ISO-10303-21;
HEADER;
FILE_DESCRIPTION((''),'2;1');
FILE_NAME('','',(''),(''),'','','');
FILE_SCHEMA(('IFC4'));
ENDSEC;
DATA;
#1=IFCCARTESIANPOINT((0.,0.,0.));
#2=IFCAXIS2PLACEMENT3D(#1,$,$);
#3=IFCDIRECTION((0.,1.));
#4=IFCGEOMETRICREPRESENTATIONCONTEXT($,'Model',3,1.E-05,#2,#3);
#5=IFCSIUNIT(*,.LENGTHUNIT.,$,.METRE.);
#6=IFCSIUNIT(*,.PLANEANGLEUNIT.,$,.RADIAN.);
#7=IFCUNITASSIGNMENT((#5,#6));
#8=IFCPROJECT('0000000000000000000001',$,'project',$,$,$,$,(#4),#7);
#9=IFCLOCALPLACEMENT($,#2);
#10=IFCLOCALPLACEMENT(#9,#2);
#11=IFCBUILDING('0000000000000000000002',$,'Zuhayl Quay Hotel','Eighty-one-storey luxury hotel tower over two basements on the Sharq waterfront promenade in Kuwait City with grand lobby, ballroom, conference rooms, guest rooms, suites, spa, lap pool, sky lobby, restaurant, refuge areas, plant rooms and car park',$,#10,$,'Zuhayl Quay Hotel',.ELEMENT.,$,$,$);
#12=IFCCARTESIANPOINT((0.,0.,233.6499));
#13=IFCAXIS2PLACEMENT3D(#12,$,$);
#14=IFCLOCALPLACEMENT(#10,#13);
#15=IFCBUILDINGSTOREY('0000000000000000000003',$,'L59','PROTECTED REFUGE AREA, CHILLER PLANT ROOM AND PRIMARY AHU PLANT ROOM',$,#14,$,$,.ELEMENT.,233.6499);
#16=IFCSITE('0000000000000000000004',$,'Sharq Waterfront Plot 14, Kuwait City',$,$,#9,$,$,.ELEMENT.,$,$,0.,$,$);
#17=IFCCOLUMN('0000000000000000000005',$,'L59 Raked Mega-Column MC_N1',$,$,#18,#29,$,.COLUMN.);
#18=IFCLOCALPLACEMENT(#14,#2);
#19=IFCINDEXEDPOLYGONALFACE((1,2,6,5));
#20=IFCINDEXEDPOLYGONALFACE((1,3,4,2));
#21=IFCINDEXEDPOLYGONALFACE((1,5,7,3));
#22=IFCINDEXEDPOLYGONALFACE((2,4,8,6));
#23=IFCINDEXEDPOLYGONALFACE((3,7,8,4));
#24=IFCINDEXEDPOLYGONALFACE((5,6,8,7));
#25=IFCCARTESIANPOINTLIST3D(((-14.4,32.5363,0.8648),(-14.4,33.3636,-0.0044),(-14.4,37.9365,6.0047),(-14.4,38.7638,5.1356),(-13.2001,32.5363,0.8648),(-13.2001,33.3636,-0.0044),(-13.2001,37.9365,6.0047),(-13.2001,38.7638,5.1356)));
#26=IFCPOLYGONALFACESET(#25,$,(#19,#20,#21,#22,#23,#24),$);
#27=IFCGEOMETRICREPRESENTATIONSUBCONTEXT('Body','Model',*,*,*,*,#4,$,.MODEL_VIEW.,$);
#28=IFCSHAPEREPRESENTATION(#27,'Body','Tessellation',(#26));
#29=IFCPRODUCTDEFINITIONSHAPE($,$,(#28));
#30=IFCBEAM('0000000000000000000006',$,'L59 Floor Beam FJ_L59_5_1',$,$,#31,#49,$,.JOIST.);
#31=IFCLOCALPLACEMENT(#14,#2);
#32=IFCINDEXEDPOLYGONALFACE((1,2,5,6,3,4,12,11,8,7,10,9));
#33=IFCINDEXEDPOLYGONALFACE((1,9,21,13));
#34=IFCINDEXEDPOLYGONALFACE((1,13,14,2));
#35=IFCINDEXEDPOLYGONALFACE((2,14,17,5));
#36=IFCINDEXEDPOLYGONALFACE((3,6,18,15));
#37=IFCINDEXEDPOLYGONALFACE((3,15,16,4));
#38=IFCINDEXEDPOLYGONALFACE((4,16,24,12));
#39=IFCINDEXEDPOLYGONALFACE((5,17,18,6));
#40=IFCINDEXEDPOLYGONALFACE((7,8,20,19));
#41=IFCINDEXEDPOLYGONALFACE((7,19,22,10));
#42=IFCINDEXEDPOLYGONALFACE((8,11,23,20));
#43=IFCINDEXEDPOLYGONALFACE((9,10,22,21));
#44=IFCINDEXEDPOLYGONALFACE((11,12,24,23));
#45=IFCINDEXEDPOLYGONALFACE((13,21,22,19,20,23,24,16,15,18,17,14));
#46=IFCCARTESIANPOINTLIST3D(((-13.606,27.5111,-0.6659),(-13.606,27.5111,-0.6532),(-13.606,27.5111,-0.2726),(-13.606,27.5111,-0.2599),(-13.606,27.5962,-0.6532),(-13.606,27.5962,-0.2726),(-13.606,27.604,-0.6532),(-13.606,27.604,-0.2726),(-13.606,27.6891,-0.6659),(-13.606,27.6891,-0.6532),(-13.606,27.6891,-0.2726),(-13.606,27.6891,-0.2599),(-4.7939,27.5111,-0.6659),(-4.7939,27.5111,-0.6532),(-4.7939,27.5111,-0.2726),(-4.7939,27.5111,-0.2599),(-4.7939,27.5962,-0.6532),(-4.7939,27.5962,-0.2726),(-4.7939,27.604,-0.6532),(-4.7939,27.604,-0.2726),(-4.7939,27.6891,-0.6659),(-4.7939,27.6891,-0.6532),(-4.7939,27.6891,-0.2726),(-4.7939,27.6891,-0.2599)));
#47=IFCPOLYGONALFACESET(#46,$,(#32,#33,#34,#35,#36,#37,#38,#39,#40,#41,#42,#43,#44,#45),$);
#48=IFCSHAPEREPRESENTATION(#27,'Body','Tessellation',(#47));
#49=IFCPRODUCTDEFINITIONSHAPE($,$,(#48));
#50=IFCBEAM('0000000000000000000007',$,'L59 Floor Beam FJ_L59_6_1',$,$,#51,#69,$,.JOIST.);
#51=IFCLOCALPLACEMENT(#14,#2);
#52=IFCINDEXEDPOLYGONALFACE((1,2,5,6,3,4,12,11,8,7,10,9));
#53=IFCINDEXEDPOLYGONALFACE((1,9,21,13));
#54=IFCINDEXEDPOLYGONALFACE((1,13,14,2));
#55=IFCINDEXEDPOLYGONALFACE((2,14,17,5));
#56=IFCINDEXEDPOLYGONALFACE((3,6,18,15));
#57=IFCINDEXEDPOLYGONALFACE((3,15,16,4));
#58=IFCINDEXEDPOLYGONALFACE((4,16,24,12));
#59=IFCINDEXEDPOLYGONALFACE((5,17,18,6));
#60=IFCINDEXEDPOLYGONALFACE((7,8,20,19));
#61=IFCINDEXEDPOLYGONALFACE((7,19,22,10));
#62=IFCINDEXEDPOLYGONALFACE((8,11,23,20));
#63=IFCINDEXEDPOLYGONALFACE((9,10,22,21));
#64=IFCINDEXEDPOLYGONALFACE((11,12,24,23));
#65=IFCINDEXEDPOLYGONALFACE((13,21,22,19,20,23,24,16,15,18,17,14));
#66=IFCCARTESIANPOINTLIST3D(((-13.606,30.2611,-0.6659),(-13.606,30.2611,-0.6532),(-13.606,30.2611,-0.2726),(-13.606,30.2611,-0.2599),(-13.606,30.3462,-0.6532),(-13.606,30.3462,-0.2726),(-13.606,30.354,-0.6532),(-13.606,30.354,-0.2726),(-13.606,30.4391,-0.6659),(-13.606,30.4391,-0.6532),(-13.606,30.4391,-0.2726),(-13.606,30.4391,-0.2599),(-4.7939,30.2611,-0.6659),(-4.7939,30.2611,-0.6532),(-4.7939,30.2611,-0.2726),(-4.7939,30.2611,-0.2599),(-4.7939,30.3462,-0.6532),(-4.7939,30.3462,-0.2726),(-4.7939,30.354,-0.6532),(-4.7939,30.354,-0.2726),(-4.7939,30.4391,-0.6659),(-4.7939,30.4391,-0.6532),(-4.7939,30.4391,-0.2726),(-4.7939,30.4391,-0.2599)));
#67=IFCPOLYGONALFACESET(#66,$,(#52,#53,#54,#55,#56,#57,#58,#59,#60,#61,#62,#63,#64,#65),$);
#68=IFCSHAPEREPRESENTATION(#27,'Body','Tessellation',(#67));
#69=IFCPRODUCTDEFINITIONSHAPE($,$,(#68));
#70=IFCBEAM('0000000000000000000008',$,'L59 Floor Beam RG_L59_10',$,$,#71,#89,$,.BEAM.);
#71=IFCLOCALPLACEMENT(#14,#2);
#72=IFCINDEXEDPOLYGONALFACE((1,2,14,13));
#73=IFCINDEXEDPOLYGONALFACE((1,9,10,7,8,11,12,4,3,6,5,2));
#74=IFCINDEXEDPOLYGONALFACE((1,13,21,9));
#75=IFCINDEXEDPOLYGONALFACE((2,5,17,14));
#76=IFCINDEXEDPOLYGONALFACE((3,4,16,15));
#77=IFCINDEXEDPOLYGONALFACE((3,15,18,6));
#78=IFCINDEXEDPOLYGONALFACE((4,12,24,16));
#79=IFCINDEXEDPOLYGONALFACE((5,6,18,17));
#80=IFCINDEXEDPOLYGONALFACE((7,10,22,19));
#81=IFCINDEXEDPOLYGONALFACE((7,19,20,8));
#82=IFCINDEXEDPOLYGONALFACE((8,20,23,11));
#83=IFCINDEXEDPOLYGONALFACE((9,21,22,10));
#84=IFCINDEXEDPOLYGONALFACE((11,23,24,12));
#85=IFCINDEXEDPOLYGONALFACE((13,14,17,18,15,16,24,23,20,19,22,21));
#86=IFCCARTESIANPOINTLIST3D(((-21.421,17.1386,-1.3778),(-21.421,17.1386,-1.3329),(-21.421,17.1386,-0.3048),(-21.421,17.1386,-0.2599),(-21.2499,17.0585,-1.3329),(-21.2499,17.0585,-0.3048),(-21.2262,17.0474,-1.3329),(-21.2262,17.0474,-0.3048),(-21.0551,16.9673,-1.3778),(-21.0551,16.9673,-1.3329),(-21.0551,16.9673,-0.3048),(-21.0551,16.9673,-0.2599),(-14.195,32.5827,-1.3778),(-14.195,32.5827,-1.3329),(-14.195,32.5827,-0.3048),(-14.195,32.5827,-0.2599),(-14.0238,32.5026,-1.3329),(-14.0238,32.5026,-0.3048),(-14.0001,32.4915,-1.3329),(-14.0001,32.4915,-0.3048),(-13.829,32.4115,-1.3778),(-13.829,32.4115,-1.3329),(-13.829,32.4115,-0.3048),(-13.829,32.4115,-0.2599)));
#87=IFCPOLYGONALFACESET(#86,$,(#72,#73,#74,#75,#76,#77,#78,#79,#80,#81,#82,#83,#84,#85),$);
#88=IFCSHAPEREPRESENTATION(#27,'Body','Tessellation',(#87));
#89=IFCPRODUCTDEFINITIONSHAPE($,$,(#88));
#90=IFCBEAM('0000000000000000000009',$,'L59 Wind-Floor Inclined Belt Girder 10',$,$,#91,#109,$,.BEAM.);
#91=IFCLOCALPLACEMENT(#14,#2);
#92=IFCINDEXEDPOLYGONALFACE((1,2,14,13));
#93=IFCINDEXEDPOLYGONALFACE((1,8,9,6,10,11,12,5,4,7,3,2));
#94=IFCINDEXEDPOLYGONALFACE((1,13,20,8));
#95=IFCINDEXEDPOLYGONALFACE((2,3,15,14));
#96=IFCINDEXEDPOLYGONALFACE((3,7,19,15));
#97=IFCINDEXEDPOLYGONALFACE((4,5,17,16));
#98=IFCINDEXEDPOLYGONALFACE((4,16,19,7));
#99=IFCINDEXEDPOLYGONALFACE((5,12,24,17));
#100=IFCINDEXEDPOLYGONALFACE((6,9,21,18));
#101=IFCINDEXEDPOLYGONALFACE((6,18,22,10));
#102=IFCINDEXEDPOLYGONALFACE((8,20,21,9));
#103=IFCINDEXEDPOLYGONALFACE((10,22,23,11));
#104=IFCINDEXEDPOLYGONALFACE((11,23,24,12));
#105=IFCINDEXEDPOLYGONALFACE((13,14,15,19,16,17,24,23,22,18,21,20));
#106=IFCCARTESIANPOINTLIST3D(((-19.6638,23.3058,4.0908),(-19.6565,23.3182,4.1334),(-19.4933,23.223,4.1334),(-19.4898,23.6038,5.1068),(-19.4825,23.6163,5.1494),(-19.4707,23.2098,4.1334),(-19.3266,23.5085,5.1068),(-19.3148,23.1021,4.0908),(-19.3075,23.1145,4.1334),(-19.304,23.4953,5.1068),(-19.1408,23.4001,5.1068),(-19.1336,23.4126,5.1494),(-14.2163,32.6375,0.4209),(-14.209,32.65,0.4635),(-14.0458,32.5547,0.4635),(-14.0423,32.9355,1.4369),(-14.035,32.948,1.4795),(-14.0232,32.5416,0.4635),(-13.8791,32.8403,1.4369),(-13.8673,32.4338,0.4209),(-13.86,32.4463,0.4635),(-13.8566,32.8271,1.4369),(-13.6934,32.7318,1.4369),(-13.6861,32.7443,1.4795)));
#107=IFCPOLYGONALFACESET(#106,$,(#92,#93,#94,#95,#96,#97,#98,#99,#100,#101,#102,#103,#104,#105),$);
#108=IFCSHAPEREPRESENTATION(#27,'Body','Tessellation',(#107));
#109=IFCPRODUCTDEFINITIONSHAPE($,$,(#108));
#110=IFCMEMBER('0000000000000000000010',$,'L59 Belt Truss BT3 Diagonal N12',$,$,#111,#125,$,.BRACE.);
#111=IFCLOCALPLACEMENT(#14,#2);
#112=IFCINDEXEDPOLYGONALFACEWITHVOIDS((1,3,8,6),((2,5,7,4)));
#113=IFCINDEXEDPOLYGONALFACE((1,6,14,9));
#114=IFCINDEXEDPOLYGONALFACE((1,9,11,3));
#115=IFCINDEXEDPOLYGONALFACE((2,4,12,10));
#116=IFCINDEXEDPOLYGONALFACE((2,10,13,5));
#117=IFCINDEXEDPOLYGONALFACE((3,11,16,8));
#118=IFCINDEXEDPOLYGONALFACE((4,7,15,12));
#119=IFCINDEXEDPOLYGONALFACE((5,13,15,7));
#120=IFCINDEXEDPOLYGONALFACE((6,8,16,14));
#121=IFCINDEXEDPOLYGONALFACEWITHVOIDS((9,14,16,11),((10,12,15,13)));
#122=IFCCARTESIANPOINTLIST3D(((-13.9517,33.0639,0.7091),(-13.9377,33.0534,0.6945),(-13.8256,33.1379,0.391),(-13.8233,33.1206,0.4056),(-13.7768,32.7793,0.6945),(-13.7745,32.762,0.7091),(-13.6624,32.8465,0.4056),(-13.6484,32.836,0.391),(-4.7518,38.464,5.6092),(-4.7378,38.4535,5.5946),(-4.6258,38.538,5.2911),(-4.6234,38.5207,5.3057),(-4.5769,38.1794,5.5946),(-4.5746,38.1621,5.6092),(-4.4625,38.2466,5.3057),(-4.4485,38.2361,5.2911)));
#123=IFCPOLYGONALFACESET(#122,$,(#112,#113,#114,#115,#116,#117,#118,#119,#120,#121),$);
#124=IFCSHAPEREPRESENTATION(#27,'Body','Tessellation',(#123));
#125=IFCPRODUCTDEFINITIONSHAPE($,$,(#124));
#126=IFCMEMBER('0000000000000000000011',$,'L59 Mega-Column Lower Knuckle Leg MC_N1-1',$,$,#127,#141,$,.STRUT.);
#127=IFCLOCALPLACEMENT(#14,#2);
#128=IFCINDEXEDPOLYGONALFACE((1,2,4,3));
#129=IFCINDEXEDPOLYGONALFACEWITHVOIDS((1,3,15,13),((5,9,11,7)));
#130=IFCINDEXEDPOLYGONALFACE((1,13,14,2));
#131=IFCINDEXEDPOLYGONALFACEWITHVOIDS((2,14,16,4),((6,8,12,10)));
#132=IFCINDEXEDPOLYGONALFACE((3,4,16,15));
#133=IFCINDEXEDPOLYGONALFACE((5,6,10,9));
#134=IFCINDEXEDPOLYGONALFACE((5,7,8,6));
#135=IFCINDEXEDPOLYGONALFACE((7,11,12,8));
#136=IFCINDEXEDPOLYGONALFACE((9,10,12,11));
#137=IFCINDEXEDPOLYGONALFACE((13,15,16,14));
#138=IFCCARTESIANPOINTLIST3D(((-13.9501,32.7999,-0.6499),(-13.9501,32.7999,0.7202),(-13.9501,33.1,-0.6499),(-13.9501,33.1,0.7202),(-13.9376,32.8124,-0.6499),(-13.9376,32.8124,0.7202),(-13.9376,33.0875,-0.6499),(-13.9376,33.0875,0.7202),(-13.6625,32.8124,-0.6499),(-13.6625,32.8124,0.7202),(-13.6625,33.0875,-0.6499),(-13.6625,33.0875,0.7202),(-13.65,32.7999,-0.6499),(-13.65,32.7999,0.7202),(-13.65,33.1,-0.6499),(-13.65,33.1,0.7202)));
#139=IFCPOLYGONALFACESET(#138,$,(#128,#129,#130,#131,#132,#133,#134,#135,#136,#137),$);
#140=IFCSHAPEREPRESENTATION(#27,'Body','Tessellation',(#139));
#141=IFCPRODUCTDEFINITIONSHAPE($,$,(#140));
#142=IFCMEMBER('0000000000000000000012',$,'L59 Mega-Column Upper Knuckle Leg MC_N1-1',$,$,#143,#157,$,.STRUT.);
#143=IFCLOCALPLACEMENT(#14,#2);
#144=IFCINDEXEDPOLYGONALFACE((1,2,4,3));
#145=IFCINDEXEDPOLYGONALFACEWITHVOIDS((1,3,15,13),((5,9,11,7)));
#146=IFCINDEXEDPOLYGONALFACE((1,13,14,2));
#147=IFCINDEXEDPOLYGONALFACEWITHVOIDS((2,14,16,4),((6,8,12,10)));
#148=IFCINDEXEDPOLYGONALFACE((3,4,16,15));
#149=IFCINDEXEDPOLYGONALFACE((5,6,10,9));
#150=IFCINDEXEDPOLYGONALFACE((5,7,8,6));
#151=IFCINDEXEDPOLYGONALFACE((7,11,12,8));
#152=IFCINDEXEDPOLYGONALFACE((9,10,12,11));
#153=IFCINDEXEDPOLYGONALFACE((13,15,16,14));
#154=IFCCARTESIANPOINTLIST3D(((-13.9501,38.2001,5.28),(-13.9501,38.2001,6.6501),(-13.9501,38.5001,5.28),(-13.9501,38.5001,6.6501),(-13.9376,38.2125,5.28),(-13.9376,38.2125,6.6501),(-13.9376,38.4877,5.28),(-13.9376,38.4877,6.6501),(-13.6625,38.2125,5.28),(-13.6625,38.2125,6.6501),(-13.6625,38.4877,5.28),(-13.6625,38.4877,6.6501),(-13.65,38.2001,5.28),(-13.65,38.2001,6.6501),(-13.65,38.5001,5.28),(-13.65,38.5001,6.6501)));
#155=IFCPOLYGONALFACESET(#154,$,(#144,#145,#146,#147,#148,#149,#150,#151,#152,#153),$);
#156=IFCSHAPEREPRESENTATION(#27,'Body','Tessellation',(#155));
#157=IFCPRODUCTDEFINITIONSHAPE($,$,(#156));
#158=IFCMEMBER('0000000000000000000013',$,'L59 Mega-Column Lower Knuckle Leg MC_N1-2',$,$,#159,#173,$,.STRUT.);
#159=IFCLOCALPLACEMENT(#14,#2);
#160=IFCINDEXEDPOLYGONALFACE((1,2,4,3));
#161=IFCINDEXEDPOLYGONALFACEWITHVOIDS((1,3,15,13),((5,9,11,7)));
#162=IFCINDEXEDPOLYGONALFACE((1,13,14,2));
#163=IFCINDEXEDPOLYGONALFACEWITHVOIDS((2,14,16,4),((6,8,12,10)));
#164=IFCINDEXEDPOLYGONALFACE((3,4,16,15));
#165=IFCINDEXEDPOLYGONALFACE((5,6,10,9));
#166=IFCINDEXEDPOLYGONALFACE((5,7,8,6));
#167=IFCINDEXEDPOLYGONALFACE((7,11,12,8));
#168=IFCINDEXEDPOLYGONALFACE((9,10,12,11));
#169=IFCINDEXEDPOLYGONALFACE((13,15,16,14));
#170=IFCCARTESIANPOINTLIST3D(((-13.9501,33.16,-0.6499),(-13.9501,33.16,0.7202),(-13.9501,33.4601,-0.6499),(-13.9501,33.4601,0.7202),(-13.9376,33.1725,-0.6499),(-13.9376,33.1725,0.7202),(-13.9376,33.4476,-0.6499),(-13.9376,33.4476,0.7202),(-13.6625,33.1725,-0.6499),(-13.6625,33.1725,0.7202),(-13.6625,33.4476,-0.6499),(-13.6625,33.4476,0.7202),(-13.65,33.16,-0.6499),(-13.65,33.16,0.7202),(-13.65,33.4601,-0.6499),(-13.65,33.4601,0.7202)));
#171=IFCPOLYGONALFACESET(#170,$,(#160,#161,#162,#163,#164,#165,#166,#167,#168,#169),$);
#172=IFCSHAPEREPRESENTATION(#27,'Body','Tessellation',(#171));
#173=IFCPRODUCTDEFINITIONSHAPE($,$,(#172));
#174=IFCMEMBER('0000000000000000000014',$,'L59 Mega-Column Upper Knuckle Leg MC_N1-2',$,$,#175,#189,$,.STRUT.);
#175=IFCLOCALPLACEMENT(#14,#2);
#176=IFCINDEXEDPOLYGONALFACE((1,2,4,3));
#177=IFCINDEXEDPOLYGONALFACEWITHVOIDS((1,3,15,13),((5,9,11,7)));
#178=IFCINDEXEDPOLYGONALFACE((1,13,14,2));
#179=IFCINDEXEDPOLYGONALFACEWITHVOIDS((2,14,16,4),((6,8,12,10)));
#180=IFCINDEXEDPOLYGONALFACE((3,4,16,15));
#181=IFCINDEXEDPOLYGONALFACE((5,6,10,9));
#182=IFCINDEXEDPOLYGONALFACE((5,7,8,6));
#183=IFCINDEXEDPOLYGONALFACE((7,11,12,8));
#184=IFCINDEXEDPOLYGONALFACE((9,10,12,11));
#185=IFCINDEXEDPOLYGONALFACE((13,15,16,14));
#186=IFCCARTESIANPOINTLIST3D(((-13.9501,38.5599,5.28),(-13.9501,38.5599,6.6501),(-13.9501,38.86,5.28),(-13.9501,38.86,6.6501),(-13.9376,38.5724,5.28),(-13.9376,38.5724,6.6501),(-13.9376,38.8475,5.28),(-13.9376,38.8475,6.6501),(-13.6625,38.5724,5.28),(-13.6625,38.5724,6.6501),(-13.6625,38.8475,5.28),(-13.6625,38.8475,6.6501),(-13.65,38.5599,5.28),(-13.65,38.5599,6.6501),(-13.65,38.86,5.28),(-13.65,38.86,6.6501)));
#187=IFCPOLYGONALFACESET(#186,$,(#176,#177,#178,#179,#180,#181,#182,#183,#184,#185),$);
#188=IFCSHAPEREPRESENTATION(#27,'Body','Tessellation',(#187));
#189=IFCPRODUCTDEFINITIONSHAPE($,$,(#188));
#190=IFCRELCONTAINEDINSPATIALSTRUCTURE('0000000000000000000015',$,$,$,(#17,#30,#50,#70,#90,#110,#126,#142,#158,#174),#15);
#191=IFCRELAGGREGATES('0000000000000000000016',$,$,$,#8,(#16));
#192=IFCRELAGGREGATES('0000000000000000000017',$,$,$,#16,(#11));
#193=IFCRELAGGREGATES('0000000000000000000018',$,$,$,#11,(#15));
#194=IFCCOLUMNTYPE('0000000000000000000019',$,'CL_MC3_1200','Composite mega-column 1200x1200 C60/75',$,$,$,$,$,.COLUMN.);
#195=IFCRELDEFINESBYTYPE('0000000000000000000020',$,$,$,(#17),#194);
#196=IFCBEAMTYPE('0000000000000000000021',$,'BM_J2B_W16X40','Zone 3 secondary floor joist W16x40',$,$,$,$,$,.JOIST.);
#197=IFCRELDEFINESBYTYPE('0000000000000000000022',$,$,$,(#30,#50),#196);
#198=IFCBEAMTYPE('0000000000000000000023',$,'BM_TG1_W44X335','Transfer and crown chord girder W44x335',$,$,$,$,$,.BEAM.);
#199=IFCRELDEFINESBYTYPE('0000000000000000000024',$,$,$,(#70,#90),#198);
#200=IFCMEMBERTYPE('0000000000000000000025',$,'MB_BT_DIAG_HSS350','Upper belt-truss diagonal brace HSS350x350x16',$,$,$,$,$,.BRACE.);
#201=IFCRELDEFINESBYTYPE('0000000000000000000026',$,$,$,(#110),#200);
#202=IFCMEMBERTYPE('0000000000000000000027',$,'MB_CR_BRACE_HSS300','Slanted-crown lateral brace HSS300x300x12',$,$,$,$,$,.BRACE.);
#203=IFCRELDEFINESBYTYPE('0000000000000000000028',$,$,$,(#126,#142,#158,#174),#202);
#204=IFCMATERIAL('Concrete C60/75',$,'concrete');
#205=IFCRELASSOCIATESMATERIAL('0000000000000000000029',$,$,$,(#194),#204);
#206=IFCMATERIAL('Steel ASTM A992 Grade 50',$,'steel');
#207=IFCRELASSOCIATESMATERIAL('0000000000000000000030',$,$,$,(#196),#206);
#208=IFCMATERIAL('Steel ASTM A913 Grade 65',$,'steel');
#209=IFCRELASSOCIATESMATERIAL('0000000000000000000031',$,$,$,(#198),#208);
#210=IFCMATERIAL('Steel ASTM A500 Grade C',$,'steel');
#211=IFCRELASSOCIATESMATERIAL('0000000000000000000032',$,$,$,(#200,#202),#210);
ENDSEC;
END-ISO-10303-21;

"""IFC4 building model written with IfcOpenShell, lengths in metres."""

from ifc_helpers import new_model, si_unit, direction, frame, origin, origin_2d, place, context, subcontext, project, spatial, rectangle, hollow_rectangle, i_section, extrude, material, material_profile, profile_set, type_object, element, save


model = new_model("IFC4")

# Units and contexts
model_context = context("Model", 3, precision=1e-05, world=origin(), true_north=direction((0.0, 1.0)))
body_context = subcontext(model_context, "Body", "Model", "MODEL_VIEW")
ifc_project = project(units=[si_unit("LENGTHUNIT", "METRE"), si_unit("PLANEANGLEUNIT", "RADIAN")], contexts=[model_context])

# Site, building, storey
site_placement = place(None, origin())
site = spatial("IfcSite", under=ifc_project, at=site_placement, Name="Sharq Waterfront Plot 14, Kuwait City", CompositionType="ELEMENT", RefElevation=0.0)
building_placement = place(site_placement, origin())
building = spatial("IfcBuilding", under=site, at=building_placement, Name="Zuhayl Quay Hotel", Description="Eighty-one-storey luxury hotel tower over two basements on the Sharq waterfront promenade in Kuwait City with grand lobby, ballroom, conference rooms, guest rooms, suites, spa, lap pool, sky lobby, restaurant, refuge areas, plant rooms and car park", LongName="Zuhayl Quay Hotel", CompositionType="ELEMENT")
storey_placement = place(building_placement, frame((0.0, 0.0, 233.6499)))
storey = spatial("IfcBuildingStorey", under=building, at=storey_placement, Name="L59", Description="PROTECTED REFUGE AREA, CHILLER PLANT ROOM AND PRIMARY AHU PLANT ROOM", CompositionType="ELEMENT", Elevation=233.6499)

# Column
ifc_material_1 = material(Name="Concrete C60/75", Category="concrete")
ifc_material_profile_1 = material_profile(ifc_material_1, rectangle(XDim=1.2, YDim=1.2, at=origin_2d()), Name="RC1200X1200")
ifc_profile_set_1 = profile_set([ifc_material_profile_1], Name="Concrete C60/75")
column_type = type_object("IfcColumnType", Name="CL_MC3_1200", Description="Composite mega-column 1200x1200 C60/75", PredefinedType="COLUMN", material=ifc_profile_set_1)
column_placement = place(storey_placement, frame((-13.8, 32.95, 0.4302), z_axis=(0.0, 0.724346, 0.689437), x_axis=(-1.0, 0.0, 0.0)))
element("IfcColumn", 1, at=column_placement, inside=storey, type_object=column_type, Name="L59 Raked Mega-Column MC_N1", PredefinedType="COLUMN", context=body_context, shape_type="SweptSolid", body=[
    extrude(rectangle(XDim=1.2, YDim=1.2, at=origin_2d()), origin(), (0.0, 0.0, 1.0), 7.4553),
])

# Beams
ifc_material_2 = material(Name="Steel ASTM A992 Grade 50", Category="steel")
ifc_material_profile_2 = material_profile(ifc_material_2, i_section(OverallWidth=0.178, OverallDepth=0.406, WebThickness=0.0078, FlangeThickness=0.0127, at=origin_2d()), Name="W16X40")
ifc_profile_set_2 = profile_set([ifc_material_profile_2], Name="Steel ASTM A992 Grade 50")
beam_type_1 = type_object("IfcBeamType", Name="BM_J2B_W16X40", Description="Zone 3 secondary floor joist W16x40", PredefinedType="JOIST", material=ifc_profile_set_2)
for number, where, z_axis, x_axis, name in (
    (2, (-13.606, 27.6001, -0.4629), (1.0, 0.0, 0.0), (0.0, 1.0, 0.0), "L59 Floor Beam FJ_L59_5_1"),
    (3, (-13.606, 30.3501, -0.4629), (1.0, 0.0, 0.0), (0.0, 1.0, 0.0), "L59 Floor Beam FJ_L59_6_1"),
):
    element("IfcBeam", number, at=place(storey_placement, frame(where, z_axis=z_axis, x_axis=x_axis)), inside=storey, type_object=beam_type_1, Name=name, PredefinedType="JOIST", context=body_context, shape_type="SweptSolid", body=[
        extrude(i_section(OverallWidth=0.178, OverallDepth=0.406, WebThickness=0.0078, FlangeThickness=0.0127, at=origin_2d()), origin(), (0.0, 0.0, 1.0), 8.812),
    ])
ifc_material_3 = material(Name="Steel ASTM A913 Grade 65", Category="steel")
ifc_material_profile_3 = material_profile(ifc_material_3, i_section(OverallWidth=0.4041, OverallDepth=1.1179, WebThickness=0.0261, FlangeThickness=0.0449, at=origin_2d()), Name="W44X335")
ifc_profile_set_3 = profile_set([ifc_material_profile_3], Name="Steel ASTM A913 Grade 65")
beam_type_2 = type_object("IfcBeamType", Name="BM_TG1_W44X335", Description="Transfer and crown chord girder W44x335", PredefinedType="BEAM", material=ifc_profile_set_3)
beam_1_placement = place(storey_placement, frame((-14.012, 32.4971, -0.8188), z_axis=(-0.423792, -0.905759, 0.0), x_axis=(0.905759, -0.423792, 0.0)))
element("IfcBeam", 4, at=beam_1_placement, inside=storey, type_object=beam_type_2, Name="L59 Floor Beam RG_L59_10", PredefinedType="BEAM", context=body_context, shape_type="SweptSolid", body=[
    extrude(i_section(OverallWidth=0.4041, OverallDepth=1.1179, WebThickness=0.0261, FlangeThickness=0.0449, at=origin_2d()), origin(), (0.0, 0.0, 1.0), 17.051),
])
beam_2_placement = place(storey_placement, frame((-13.9512, 32.6909, 0.9502), z_axis=(-0.477364, -0.817742, 0.321594), x_axis=(0.863619, -0.504145, 0.0)))
element("IfcBeam", 5, at=beam_2_placement, inside=storey, type_object=beam_type_2, Name="L59 Wind-Floor Inclined Belt Girder 10", PredefinedType="BEAM", context=body_context, shape_type="SweptSolid", body=[
    extrude(i_section(OverallWidth=0.4041, OverallDepth=1.1179, WebThickness=0.0261, FlangeThickness=0.0449, at=origin_2d()), origin(), (0.0, 0.0, 1.0), 11.4116),
])

# Members
ifc_material_4 = material(Name="Steel ASTM A500 Grade C", Category="steel")
ifc_material_profile_4 = material_profile(ifc_material_4, hollow_rectangle(XDim=0.3501, YDim=0.3501, WallThickness=0.0161, at=origin_2d()), Name="HSS350X350X16")
ifc_profile_set_4 = profile_set([ifc_material_profile_4], Name="Steel ASTM A500 Grade C")
member_type_1 = type_object("IfcMemberType", Name="MB_BT_DIAG_HSS350", Description="Upper belt-truss diagonal brace HSS350x350x16", PredefinedType="BRACE", material=ifc_profile_set_4)
member_placement = place(storey_placement, frame((-13.8, 32.95, 0.55), z_axis=(0.783686, 0.460004, 0.417412), x_axis=(-0.506213, 0.862409, 0.0)))
element("IfcMember", 6, at=member_placement, inside=storey, type_object=member_type_1, Name="L59 Belt Truss BT3 Diagonal N12", PredefinedType="BRACE", context=body_context, shape_type="SweptSolid", body=[
    extrude(hollow_rectangle(XDim=0.3501, YDim=0.3501, WallThickness=0.0161, at=origin_2d()), origin(), (0.0, 0.0, 1.0), 11.7393),
])
ifc_material_profile_5 = material_profile(ifc_material_4, hollow_rectangle(XDim=0.3, YDim=0.3, WallThickness=0.0125, at=origin_2d()), Name="HSS300X300X12")
ifc_profile_set_5 = profile_set([ifc_material_profile_5], Name="Steel ASTM A500 Grade C")
member_type_2 = type_object("IfcMemberType", Name="MB_CR_BRACE_HSS300", Description="Slanted-crown lateral brace HSS300x300x12", PredefinedType="BRACE", material=ifc_profile_set_5)
for number, where, z_axis, x_axis, name in (
    (7, (-13.8, 32.95, -0.6499), (0.0, 0.0, 1.0), (1.0, 0.0, 0.0), "L59 Mega-Column Lower Knuckle Leg MC_N1-1"),
    (8, (-13.8, 38.3501, 5.28), (0.0, 0.0, 1.0), (1.0, 0.0, 0.0), "L59 Mega-Column Upper Knuckle Leg MC_N1-1"),
    (9, (-13.8, 33.3101, -0.6499), (0.0, 0.0, 1.0), (1.0, 0.0, 0.0), "L59 Mega-Column Lower Knuckle Leg MC_N1-2"),
    (10, (-13.8, 38.71, 5.28), (0.0, 0.0, 1.0), (1.0, 0.0, 0.0), "L59 Mega-Column Upper Knuckle Leg MC_N1-2"),
):
    element("IfcMember", number, at=place(storey_placement, frame(where, z_axis=z_axis, x_axis=x_axis)), inside=storey, type_object=member_type_2, Name=name, PredefinedType="STRUT", context=body_context, shape_type="SweptSolid", body=[
        extrude(hollow_rectangle(XDim=0.3, YDim=0.3, WallThickness=0.0125, at=origin_2d()), origin(), (0.0, 0.0, 1.0), 1.3701),
    ])

save(model, "model.ifc")
